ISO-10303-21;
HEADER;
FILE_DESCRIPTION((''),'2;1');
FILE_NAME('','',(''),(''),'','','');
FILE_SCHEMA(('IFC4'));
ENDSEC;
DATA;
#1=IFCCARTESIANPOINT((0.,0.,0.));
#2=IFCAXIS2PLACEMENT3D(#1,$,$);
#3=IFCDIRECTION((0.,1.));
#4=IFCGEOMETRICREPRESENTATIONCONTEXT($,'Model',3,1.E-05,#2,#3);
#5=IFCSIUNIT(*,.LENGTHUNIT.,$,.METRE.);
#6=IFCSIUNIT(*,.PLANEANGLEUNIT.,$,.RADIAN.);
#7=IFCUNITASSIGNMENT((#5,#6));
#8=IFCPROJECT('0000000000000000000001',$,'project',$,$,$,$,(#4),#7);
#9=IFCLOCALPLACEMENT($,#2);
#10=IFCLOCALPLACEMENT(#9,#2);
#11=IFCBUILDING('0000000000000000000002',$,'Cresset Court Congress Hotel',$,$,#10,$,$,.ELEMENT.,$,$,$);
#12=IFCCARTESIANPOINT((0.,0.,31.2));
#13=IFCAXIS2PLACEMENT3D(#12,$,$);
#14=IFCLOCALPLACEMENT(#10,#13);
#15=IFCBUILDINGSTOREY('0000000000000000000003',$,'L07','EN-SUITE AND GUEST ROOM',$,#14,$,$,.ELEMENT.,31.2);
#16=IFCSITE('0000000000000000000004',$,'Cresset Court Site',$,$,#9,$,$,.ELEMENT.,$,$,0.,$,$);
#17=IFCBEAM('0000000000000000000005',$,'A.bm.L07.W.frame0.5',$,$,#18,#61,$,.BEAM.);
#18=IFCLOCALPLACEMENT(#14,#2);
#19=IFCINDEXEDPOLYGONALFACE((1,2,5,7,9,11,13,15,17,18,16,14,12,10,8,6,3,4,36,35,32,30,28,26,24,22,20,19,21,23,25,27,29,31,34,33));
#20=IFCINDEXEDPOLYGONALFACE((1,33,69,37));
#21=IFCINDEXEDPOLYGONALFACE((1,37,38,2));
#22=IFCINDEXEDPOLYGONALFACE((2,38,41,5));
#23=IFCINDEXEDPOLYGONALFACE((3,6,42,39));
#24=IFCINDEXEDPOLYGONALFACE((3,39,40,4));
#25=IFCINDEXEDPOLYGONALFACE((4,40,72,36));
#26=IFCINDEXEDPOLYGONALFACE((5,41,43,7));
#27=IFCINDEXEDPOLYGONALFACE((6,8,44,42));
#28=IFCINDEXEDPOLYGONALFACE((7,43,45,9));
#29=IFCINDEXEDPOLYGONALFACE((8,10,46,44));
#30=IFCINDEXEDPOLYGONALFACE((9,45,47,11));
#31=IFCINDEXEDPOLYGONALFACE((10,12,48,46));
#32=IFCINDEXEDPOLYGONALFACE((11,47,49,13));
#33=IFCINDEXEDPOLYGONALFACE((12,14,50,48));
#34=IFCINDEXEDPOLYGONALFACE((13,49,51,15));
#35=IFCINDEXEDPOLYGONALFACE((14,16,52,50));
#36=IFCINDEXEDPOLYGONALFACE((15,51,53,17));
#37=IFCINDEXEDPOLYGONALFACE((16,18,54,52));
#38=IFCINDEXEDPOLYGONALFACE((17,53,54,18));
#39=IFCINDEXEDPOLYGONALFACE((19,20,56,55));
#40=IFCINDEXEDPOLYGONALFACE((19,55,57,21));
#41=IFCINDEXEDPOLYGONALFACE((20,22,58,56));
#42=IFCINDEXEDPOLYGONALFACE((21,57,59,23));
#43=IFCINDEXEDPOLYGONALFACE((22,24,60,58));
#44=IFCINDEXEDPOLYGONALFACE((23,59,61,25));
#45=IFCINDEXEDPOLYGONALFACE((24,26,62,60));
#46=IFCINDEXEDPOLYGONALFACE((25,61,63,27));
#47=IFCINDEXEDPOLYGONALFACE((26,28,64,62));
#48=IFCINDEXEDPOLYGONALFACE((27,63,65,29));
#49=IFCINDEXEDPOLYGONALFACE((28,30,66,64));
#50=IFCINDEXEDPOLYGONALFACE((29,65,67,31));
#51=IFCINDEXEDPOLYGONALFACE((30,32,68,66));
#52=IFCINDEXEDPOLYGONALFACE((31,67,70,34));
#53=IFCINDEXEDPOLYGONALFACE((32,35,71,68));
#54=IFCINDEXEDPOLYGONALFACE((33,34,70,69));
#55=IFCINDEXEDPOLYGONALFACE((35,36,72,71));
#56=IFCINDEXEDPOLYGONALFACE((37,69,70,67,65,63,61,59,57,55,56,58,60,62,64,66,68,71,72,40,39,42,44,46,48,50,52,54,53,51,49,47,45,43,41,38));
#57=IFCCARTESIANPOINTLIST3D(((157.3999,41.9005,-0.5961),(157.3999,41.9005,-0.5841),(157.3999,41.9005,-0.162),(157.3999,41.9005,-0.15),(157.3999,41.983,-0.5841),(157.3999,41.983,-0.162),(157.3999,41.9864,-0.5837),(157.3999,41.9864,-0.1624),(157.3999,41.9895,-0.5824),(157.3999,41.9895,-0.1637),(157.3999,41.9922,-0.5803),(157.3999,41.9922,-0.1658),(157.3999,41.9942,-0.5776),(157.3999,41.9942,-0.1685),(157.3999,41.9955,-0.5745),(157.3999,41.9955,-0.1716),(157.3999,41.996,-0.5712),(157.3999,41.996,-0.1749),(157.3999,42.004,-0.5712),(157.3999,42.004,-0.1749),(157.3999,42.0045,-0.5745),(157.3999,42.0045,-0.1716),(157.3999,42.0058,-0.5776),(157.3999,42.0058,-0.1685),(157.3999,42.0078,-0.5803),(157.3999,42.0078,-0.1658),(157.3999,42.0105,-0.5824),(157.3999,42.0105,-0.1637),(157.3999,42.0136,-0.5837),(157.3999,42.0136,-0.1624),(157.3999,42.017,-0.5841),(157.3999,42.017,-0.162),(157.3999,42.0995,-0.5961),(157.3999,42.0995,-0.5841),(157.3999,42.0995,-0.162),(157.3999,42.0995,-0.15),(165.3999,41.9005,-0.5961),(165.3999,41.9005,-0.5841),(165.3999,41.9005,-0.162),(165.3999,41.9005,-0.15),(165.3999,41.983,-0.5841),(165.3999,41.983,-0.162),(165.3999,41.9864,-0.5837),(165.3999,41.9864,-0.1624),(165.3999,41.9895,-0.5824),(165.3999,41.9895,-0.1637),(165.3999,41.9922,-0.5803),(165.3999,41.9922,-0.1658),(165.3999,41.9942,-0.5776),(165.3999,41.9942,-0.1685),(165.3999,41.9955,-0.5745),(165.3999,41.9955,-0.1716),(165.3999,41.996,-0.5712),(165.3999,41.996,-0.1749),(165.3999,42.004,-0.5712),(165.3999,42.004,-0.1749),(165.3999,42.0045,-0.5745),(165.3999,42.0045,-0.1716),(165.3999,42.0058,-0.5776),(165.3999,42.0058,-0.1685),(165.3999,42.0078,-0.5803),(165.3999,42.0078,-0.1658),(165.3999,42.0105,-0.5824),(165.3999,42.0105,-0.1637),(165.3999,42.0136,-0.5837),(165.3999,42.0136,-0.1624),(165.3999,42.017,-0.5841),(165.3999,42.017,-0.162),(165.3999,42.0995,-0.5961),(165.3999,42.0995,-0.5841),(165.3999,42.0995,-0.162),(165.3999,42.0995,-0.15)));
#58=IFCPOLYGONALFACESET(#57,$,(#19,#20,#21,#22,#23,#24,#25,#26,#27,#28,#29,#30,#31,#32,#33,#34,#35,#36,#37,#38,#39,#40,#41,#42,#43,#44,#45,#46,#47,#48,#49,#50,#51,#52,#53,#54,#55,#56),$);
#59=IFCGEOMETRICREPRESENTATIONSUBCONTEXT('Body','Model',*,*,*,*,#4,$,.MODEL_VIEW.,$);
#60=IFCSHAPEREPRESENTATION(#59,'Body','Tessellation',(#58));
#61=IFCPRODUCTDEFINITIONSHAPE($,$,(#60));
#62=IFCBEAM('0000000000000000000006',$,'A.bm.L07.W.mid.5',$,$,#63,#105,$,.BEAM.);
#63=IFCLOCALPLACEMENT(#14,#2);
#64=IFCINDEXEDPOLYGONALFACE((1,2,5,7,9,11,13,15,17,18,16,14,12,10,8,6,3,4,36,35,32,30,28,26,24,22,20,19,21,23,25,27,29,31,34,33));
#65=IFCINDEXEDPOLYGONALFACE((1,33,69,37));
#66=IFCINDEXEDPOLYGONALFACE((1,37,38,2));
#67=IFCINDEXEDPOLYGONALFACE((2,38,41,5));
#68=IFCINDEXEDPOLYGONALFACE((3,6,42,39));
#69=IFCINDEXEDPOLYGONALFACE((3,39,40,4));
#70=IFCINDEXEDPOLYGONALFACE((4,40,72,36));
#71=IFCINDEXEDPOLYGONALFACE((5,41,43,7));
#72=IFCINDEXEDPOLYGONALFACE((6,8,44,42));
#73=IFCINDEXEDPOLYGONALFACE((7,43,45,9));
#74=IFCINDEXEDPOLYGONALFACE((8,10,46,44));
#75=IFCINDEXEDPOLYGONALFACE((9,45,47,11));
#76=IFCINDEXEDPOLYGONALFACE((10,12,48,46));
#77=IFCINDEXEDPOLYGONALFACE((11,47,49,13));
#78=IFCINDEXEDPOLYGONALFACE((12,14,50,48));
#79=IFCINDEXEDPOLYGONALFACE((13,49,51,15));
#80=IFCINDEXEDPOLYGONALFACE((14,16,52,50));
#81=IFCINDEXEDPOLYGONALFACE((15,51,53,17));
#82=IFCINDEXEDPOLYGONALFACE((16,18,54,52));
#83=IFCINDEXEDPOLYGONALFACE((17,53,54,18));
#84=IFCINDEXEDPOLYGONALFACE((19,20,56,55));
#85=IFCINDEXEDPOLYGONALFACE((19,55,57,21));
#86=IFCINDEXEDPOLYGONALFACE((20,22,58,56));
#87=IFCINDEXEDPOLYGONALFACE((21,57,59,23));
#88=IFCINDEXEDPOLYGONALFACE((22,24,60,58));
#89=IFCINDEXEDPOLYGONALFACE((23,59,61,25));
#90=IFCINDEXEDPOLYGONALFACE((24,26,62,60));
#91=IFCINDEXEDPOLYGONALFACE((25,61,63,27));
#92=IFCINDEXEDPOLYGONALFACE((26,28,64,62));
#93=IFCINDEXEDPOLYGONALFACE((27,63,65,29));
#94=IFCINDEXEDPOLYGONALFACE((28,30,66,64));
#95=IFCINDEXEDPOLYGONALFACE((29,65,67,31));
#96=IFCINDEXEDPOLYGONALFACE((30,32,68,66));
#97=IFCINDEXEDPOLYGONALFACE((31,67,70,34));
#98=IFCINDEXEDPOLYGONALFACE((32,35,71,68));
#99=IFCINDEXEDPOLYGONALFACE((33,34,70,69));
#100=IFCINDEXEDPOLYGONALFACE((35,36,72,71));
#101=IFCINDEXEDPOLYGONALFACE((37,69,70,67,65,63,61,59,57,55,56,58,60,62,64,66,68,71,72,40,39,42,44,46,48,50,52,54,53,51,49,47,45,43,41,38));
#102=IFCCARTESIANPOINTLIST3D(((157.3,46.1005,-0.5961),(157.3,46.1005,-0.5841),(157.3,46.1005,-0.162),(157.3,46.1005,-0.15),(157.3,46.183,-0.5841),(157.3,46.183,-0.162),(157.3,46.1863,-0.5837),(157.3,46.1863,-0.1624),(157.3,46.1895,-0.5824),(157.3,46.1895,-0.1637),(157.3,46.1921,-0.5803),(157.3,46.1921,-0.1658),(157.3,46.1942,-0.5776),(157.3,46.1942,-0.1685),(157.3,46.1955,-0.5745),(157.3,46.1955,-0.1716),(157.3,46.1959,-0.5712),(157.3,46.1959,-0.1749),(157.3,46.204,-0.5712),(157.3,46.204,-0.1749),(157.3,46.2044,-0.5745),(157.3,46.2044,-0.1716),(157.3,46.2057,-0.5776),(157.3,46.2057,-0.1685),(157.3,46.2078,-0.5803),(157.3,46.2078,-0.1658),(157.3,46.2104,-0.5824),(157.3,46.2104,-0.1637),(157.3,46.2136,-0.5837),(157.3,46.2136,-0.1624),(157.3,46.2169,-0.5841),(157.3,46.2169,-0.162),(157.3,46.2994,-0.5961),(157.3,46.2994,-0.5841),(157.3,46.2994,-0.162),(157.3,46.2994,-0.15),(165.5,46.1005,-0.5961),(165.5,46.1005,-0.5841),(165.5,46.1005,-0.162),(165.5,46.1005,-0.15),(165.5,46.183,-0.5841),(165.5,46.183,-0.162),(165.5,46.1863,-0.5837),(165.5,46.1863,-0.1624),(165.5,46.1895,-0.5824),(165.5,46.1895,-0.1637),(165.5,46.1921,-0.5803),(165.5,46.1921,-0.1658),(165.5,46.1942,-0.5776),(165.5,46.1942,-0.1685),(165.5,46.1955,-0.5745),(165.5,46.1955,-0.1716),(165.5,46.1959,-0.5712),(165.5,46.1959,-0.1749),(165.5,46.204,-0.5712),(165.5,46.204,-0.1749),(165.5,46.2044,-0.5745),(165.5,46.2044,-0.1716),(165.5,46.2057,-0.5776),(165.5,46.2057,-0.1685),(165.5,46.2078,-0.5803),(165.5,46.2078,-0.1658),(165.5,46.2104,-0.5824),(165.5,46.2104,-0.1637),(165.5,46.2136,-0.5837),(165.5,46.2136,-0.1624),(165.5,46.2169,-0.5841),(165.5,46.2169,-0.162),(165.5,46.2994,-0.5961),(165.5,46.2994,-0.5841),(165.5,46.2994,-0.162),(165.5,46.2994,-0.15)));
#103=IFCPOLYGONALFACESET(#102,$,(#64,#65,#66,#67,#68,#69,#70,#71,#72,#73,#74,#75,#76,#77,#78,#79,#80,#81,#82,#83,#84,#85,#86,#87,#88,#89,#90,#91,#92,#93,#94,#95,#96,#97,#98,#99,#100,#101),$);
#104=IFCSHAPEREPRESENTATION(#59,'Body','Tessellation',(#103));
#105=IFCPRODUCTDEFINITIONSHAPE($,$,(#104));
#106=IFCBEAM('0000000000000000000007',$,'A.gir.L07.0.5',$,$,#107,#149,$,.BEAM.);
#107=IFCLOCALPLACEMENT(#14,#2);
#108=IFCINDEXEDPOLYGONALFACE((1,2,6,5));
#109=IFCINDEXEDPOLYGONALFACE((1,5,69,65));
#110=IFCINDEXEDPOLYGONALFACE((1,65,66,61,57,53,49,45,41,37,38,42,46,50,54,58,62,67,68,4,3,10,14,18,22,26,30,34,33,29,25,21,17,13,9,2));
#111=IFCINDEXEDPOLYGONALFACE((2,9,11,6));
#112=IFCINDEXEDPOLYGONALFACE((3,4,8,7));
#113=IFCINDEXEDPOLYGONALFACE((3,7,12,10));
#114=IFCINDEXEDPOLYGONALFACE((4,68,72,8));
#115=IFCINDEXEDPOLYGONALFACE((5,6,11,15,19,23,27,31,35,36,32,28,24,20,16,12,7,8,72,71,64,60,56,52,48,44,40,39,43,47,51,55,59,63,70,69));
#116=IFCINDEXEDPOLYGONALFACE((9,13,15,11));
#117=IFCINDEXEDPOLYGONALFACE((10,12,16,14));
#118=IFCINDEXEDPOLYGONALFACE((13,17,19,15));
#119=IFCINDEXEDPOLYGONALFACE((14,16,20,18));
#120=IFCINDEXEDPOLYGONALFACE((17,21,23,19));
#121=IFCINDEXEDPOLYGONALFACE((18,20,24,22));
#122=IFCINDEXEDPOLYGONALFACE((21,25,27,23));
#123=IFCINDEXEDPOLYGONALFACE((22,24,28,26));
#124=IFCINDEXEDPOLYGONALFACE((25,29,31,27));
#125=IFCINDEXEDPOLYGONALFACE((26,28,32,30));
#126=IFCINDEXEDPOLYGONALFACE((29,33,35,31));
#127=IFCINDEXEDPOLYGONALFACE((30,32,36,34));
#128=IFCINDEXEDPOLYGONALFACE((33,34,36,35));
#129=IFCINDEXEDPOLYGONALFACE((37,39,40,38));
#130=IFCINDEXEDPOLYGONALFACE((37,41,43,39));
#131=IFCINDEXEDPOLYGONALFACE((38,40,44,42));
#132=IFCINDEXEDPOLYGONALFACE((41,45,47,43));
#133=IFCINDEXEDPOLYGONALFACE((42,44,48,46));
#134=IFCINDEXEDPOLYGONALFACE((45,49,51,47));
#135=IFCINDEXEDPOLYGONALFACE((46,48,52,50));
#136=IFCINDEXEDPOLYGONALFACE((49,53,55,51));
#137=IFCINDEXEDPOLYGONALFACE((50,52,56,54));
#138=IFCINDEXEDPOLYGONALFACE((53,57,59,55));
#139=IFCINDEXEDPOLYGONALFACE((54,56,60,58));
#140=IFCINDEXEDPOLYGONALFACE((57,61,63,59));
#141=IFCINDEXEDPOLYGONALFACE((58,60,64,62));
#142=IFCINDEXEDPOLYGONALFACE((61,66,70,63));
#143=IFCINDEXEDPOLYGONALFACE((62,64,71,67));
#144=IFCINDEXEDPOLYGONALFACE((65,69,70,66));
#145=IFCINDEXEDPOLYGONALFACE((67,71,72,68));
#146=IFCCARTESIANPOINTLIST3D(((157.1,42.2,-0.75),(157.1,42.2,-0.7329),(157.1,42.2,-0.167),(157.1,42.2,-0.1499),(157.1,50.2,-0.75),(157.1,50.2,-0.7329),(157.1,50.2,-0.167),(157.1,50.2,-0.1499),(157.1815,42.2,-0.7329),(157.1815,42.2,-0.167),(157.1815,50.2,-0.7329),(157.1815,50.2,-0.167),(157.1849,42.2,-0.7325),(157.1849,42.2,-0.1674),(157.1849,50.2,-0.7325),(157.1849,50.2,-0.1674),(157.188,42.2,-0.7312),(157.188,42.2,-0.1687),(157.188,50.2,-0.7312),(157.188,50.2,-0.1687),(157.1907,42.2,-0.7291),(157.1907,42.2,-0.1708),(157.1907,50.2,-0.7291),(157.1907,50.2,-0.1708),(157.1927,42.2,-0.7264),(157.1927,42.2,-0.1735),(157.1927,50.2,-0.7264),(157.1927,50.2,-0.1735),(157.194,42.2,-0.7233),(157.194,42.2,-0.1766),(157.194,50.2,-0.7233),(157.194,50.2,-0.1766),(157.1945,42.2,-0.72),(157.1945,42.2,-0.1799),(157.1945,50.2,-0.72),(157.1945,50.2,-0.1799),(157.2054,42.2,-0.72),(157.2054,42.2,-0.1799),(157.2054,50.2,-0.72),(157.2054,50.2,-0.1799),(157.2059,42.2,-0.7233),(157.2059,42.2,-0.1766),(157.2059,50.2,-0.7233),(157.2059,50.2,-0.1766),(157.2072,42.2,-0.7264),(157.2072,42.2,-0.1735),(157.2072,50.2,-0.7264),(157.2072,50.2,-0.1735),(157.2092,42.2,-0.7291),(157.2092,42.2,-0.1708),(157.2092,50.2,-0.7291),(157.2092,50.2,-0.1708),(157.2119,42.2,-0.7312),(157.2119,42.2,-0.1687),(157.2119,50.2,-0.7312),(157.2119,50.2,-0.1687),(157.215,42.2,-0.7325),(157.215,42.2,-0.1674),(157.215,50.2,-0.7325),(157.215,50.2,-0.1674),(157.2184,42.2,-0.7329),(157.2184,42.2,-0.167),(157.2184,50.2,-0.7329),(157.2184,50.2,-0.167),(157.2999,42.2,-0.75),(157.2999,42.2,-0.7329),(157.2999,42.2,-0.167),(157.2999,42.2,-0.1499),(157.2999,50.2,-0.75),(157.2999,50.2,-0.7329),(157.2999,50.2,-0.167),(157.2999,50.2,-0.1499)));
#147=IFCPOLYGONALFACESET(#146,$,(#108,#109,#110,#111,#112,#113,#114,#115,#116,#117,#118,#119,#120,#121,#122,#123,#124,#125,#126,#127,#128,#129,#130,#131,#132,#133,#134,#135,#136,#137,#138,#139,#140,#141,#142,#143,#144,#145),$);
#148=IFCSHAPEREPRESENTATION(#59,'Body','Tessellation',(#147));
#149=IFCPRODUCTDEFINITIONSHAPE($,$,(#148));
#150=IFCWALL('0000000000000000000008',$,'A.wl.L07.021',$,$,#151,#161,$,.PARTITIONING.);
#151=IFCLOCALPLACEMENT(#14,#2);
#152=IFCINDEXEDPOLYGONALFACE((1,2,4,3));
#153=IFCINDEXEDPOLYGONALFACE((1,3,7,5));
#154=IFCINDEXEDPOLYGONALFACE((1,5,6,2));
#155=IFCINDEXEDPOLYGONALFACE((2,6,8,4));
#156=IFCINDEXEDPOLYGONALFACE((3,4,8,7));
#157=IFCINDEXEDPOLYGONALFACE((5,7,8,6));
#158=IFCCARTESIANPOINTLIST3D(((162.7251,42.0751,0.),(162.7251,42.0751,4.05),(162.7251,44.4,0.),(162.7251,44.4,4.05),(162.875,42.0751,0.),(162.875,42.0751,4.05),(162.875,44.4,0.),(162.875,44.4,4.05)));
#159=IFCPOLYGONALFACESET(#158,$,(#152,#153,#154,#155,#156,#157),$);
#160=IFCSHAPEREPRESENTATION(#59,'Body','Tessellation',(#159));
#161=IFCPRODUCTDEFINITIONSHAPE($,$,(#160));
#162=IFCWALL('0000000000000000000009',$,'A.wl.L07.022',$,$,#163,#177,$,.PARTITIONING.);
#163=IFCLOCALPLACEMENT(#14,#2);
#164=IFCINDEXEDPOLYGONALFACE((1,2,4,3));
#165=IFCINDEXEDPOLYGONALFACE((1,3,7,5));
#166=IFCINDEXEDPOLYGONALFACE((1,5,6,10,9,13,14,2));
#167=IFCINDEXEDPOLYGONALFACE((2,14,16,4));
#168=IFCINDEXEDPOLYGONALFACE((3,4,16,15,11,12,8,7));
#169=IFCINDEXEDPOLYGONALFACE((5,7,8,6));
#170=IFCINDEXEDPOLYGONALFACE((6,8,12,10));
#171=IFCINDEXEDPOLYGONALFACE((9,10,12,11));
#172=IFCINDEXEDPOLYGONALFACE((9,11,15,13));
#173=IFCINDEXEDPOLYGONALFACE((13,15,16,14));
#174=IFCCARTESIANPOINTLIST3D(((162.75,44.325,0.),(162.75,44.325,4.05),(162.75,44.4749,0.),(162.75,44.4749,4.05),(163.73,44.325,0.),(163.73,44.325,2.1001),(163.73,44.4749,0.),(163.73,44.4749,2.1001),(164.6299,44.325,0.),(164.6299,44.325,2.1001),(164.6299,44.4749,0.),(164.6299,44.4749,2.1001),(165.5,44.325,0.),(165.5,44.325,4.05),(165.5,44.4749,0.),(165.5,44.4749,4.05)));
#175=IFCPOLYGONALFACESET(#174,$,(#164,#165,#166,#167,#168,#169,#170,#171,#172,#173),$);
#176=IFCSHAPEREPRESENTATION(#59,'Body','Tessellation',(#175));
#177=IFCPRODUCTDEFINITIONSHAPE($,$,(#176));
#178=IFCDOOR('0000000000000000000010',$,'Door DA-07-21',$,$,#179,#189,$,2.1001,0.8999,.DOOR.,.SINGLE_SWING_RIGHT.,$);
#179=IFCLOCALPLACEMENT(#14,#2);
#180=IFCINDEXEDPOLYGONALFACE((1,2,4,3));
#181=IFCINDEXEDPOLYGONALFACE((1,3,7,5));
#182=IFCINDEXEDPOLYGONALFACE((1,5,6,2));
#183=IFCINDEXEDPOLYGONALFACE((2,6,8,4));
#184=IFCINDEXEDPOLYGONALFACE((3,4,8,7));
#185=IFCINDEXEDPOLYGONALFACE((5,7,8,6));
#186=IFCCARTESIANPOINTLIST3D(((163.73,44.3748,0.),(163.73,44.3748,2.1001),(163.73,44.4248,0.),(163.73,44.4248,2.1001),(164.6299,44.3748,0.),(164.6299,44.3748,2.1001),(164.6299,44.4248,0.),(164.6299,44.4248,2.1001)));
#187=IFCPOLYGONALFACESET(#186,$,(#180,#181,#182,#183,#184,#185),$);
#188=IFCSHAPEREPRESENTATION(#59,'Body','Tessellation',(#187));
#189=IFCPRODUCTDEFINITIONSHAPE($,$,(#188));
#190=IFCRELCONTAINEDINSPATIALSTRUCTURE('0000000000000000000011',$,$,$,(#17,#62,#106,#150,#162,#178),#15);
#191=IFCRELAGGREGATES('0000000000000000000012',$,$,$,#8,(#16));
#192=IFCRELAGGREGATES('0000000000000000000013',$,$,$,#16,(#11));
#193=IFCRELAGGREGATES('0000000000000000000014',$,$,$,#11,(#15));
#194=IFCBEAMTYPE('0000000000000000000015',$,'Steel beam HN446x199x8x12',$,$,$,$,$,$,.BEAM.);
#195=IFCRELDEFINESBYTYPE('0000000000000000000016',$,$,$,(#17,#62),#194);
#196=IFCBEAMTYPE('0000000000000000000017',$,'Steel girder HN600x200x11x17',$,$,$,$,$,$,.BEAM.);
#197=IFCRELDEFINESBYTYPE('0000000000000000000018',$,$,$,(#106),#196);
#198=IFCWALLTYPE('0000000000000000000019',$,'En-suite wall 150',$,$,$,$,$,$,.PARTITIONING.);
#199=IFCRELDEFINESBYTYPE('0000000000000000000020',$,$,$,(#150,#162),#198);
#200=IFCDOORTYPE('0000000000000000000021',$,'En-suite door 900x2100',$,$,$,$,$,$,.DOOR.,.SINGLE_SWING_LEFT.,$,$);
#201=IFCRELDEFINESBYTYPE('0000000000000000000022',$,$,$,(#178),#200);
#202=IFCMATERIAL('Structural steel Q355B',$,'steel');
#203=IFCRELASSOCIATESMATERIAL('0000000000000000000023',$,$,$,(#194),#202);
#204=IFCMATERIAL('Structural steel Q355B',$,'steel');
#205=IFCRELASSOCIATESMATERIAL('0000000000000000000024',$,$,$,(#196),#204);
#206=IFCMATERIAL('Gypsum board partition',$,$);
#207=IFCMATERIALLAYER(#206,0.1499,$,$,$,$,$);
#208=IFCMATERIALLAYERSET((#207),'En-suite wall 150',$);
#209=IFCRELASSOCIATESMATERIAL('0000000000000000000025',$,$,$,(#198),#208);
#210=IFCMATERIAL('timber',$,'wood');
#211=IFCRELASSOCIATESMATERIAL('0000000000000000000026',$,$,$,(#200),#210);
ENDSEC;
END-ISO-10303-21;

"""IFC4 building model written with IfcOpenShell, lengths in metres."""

from ifc_helpers import new_model, si_unit, direction, frame, frame_2d, origin, origin_2d, place, context, subcontext, project, spatial, rectangle, i_section, extrude, material, layer, layer_set, material_profile, profile_set, type_object, element, fill, save


model = new_model("IFC4")

# Units and contexts
model_context = context("Model", 3, precision=1e-05, world=origin(), true_north=direction((0.0, 1.0)))
body_context = subcontext(model_context, "Body", "Model", "MODEL_VIEW")
ifc_project = project(units=[si_unit("LENGTHUNIT", "METRE"), si_unit("PLANEANGLEUNIT", "RADIAN")], contexts=[model_context])

# Site, building, storey
site_placement = place(None, origin())
site = spatial("IfcSite", under=ifc_project, at=site_placement, Name="Cresset Court Site", CompositionType="ELEMENT", RefElevation=0.0)
building_placement = place(site_placement, origin())
building = spatial("IfcBuilding", under=site, at=building_placement, Name="Cresset Court Congress Hotel", CompositionType="ELEMENT")
storey_placement = place(building_placement, frame((0.0, 0.0, 31.2)))
storey = spatial("IfcBuildingStorey", under=building, at=storey_placement, Name="L07", Description="EN-SUITE AND GUEST ROOM", CompositionType="ELEMENT", Elevation=31.2)

# Beams
ifc_material_1 = material(Name="Structural steel Q355B", Category="steel")
ifc_material_profile_1 = material_profile(ifc_material_1, i_section(OverallWidth=0.199, OverallDepth=0.446, WebThickness=0.0081, FlangeThickness=0.012, FilletRadius=0.0129, at=origin_2d()), Name="HN446x199x8x12")
ifc_profile_set_1 = profile_set([ifc_material_profile_1], Name="Structural steel Q355B")
beam_type_1 = type_object("IfcBeamType", Name="Steel beam HN446x199x8x12", PredefinedType="BEAM", material=ifc_profile_set_1)
beam_1_placement = place(storey_placement, frame((157.3999, 42.0, -0.373), z_axis=(1.0, 0.0, 0.0), x_axis=(0.0, 1.0, 0.0)))
element("IfcBeam", 1, at=beam_1_placement, inside=storey, type_object=beam_type_1, Name="A.bm.L07.W.frame0.5", PredefinedType="BEAM", context=body_context, shape_type="SweptSolid", body=[
    extrude(i_section(OverallWidth=0.199, OverallDepth=0.446, WebThickness=0.0081, FlangeThickness=0.012, FilletRadius=0.0129, at=origin_2d()), origin(), (0.0, 0.0, 1.0), 8.0),
])
beam_2_placement = place(storey_placement, frame((157.3, 46.2, -0.373), z_axis=(1.0, 0.0, 0.0), x_axis=(0.0, 1.0, 0.0)))
element("IfcBeam", 2, at=beam_2_placement, inside=storey, type_object=beam_type_1, Name="A.bm.L07.W.mid.5", PredefinedType="BEAM", context=body_context, shape_type="SweptSolid", body=[
    extrude(i_section(OverallWidth=0.199, OverallDepth=0.446, WebThickness=0.0081, FlangeThickness=0.012, FilletRadius=0.0129, at=origin_2d()), origin(), (0.0, 0.0, 1.0), 8.2),
])
ifc_material_2 = material(Name="Structural steel Q355B", Category="steel")
ifc_material_profile_2 = material_profile(ifc_material_2, i_section(OverallWidth=0.2, OverallDepth=0.6001, WebThickness=0.011, FlangeThickness=0.0171, FilletRadius=0.0129, at=origin_2d()), Name="HN600x200x11x17")
ifc_profile_set_2 = profile_set([ifc_material_profile_2], Name="Structural steel Q355B")
beam_type_2 = type_object("IfcBeamType", Name="Steel girder HN600x200x11x17", PredefinedType="BEAM", material=ifc_profile_set_2)
beam_3_placement = place(storey_placement, frame((157.2, 42.2, -0.45), z_axis=(0.0, 1.0, 0.0), x_axis=(-1.0, 0.0, 0.0)))
element("IfcBeam", 3, at=beam_3_placement, inside=storey, type_object=beam_type_2, Name="A.gir.L07.0.5", PredefinedType="BEAM", context=body_context, shape_type="SweptSolid", body=[
    extrude(i_section(OverallWidth=0.2, OverallDepth=0.6001, WebThickness=0.011, FlangeThickness=0.0171, FilletRadius=0.0129, at=origin_2d()), origin(), (0.0, 0.0, 1.0), 8.0),
])

# Wall
ifc_material_3 = material(Name="Gypsum board partition")
ifc_layer_1 = layer(ifc_material_3, 0.1499)
ifc_layer_set_1 = layer_set([ifc_layer_1], Name="En-suite wall 150")
wall_type_1 = type_object("IfcWallType", Name="En-suite wall 150", PredefinedType="PARTITIONING", material=ifc_layer_set_1)
wall_1_placement = place(storey_placement, frame((162.8, 42.075, 0.0), z_axis=(0.0, 0.0, 1.0), x_axis=(0.0, 1.0, 0.0)))
element("IfcWall", 4, at=wall_1_placement, inside=storey, type_object=wall_type_1, Name="A.wl.L07.021", PredefinedType="PARTITIONING", context=body_context, shape_type="SweptSolid", body=[
    extrude(rectangle(XDim=2.325, YDim=0.1499, at=frame_2d((1.1626, 0.0))), origin(), (0.0, 0.0, 1.0), 4.05),
])

# Wall, opening, door
wall_2_placement = place(storey_placement, frame((162.75, 44.3999, 0.0), z_axis=(0.0, 0.0, 1.0), x_axis=(1.0, 0.0, 0.0)))
wall_2 = element("IfcWall", 5, at=wall_2_placement, inside=storey, type_object=wall_type_1, Name="A.wl.L07.022", PredefinedType="PARTITIONING", context=body_context, shape_type="SweptSolid", body=[
    extrude(rectangle(XDim=2.75, YDim=0.1499, at=frame_2d((1.375, 0.0))), origin(), (0.0, 0.0, 1.0), 4.05),
])
opening_1_placement = place(wall_2_placement, frame((0.98, 0.0, 0.0)))
opening_1 = element("IfcOpeningElement", 6, at=opening_1_placement, cuts=wall_2, PredefinedType="OPENING", context=body_context, shape_type="SweptSolid", body=[
    extrude(rectangle(XDim=0.8999, YDim=2.1001, at=frame_2d((0.45, 1.05))), frame((0.0, 0.085, 0.0), z_axis=(0.0, -1.0, 0.0), x_axis=(1.0, 0.0, 0.0)), (0.0, 0.0, 1.0), 0.1699),
])
ifc_material_4 = material(Name="timber", Category="wood")
door_type = type_object("IfcDoorType", Name="En-suite door 900x2100", OperationType="SINGLE_SWING_LEFT", PredefinedType="DOOR", material=ifc_material_4)
door_1_placement = place(opening_1_placement, origin())
door_1 = element("IfcDoor", 7, at=door_1_placement, inside=storey, type_object=door_type, Name="Door DA-07-21", OperationType="SINGLE_SWING_RIGHT", OverallHeight=2.1001, OverallWidth=0.8999, PredefinedType="DOOR", context=body_context, shape_type="SweptSolid", body=[
    extrude(rectangle(XDim=0.8999, YDim=2.1001, at=frame_2d((0.45, 1.05))), frame((0.0, 0.0249, 0.0), z_axis=(0.0, -1.0, 0.0), x_axis=(1.0, 0.0, 0.0)), (0.0, 0.0, 1.0), 0.05),
])
fill(opening_1, door_1)

save(model, "model.ifc")
